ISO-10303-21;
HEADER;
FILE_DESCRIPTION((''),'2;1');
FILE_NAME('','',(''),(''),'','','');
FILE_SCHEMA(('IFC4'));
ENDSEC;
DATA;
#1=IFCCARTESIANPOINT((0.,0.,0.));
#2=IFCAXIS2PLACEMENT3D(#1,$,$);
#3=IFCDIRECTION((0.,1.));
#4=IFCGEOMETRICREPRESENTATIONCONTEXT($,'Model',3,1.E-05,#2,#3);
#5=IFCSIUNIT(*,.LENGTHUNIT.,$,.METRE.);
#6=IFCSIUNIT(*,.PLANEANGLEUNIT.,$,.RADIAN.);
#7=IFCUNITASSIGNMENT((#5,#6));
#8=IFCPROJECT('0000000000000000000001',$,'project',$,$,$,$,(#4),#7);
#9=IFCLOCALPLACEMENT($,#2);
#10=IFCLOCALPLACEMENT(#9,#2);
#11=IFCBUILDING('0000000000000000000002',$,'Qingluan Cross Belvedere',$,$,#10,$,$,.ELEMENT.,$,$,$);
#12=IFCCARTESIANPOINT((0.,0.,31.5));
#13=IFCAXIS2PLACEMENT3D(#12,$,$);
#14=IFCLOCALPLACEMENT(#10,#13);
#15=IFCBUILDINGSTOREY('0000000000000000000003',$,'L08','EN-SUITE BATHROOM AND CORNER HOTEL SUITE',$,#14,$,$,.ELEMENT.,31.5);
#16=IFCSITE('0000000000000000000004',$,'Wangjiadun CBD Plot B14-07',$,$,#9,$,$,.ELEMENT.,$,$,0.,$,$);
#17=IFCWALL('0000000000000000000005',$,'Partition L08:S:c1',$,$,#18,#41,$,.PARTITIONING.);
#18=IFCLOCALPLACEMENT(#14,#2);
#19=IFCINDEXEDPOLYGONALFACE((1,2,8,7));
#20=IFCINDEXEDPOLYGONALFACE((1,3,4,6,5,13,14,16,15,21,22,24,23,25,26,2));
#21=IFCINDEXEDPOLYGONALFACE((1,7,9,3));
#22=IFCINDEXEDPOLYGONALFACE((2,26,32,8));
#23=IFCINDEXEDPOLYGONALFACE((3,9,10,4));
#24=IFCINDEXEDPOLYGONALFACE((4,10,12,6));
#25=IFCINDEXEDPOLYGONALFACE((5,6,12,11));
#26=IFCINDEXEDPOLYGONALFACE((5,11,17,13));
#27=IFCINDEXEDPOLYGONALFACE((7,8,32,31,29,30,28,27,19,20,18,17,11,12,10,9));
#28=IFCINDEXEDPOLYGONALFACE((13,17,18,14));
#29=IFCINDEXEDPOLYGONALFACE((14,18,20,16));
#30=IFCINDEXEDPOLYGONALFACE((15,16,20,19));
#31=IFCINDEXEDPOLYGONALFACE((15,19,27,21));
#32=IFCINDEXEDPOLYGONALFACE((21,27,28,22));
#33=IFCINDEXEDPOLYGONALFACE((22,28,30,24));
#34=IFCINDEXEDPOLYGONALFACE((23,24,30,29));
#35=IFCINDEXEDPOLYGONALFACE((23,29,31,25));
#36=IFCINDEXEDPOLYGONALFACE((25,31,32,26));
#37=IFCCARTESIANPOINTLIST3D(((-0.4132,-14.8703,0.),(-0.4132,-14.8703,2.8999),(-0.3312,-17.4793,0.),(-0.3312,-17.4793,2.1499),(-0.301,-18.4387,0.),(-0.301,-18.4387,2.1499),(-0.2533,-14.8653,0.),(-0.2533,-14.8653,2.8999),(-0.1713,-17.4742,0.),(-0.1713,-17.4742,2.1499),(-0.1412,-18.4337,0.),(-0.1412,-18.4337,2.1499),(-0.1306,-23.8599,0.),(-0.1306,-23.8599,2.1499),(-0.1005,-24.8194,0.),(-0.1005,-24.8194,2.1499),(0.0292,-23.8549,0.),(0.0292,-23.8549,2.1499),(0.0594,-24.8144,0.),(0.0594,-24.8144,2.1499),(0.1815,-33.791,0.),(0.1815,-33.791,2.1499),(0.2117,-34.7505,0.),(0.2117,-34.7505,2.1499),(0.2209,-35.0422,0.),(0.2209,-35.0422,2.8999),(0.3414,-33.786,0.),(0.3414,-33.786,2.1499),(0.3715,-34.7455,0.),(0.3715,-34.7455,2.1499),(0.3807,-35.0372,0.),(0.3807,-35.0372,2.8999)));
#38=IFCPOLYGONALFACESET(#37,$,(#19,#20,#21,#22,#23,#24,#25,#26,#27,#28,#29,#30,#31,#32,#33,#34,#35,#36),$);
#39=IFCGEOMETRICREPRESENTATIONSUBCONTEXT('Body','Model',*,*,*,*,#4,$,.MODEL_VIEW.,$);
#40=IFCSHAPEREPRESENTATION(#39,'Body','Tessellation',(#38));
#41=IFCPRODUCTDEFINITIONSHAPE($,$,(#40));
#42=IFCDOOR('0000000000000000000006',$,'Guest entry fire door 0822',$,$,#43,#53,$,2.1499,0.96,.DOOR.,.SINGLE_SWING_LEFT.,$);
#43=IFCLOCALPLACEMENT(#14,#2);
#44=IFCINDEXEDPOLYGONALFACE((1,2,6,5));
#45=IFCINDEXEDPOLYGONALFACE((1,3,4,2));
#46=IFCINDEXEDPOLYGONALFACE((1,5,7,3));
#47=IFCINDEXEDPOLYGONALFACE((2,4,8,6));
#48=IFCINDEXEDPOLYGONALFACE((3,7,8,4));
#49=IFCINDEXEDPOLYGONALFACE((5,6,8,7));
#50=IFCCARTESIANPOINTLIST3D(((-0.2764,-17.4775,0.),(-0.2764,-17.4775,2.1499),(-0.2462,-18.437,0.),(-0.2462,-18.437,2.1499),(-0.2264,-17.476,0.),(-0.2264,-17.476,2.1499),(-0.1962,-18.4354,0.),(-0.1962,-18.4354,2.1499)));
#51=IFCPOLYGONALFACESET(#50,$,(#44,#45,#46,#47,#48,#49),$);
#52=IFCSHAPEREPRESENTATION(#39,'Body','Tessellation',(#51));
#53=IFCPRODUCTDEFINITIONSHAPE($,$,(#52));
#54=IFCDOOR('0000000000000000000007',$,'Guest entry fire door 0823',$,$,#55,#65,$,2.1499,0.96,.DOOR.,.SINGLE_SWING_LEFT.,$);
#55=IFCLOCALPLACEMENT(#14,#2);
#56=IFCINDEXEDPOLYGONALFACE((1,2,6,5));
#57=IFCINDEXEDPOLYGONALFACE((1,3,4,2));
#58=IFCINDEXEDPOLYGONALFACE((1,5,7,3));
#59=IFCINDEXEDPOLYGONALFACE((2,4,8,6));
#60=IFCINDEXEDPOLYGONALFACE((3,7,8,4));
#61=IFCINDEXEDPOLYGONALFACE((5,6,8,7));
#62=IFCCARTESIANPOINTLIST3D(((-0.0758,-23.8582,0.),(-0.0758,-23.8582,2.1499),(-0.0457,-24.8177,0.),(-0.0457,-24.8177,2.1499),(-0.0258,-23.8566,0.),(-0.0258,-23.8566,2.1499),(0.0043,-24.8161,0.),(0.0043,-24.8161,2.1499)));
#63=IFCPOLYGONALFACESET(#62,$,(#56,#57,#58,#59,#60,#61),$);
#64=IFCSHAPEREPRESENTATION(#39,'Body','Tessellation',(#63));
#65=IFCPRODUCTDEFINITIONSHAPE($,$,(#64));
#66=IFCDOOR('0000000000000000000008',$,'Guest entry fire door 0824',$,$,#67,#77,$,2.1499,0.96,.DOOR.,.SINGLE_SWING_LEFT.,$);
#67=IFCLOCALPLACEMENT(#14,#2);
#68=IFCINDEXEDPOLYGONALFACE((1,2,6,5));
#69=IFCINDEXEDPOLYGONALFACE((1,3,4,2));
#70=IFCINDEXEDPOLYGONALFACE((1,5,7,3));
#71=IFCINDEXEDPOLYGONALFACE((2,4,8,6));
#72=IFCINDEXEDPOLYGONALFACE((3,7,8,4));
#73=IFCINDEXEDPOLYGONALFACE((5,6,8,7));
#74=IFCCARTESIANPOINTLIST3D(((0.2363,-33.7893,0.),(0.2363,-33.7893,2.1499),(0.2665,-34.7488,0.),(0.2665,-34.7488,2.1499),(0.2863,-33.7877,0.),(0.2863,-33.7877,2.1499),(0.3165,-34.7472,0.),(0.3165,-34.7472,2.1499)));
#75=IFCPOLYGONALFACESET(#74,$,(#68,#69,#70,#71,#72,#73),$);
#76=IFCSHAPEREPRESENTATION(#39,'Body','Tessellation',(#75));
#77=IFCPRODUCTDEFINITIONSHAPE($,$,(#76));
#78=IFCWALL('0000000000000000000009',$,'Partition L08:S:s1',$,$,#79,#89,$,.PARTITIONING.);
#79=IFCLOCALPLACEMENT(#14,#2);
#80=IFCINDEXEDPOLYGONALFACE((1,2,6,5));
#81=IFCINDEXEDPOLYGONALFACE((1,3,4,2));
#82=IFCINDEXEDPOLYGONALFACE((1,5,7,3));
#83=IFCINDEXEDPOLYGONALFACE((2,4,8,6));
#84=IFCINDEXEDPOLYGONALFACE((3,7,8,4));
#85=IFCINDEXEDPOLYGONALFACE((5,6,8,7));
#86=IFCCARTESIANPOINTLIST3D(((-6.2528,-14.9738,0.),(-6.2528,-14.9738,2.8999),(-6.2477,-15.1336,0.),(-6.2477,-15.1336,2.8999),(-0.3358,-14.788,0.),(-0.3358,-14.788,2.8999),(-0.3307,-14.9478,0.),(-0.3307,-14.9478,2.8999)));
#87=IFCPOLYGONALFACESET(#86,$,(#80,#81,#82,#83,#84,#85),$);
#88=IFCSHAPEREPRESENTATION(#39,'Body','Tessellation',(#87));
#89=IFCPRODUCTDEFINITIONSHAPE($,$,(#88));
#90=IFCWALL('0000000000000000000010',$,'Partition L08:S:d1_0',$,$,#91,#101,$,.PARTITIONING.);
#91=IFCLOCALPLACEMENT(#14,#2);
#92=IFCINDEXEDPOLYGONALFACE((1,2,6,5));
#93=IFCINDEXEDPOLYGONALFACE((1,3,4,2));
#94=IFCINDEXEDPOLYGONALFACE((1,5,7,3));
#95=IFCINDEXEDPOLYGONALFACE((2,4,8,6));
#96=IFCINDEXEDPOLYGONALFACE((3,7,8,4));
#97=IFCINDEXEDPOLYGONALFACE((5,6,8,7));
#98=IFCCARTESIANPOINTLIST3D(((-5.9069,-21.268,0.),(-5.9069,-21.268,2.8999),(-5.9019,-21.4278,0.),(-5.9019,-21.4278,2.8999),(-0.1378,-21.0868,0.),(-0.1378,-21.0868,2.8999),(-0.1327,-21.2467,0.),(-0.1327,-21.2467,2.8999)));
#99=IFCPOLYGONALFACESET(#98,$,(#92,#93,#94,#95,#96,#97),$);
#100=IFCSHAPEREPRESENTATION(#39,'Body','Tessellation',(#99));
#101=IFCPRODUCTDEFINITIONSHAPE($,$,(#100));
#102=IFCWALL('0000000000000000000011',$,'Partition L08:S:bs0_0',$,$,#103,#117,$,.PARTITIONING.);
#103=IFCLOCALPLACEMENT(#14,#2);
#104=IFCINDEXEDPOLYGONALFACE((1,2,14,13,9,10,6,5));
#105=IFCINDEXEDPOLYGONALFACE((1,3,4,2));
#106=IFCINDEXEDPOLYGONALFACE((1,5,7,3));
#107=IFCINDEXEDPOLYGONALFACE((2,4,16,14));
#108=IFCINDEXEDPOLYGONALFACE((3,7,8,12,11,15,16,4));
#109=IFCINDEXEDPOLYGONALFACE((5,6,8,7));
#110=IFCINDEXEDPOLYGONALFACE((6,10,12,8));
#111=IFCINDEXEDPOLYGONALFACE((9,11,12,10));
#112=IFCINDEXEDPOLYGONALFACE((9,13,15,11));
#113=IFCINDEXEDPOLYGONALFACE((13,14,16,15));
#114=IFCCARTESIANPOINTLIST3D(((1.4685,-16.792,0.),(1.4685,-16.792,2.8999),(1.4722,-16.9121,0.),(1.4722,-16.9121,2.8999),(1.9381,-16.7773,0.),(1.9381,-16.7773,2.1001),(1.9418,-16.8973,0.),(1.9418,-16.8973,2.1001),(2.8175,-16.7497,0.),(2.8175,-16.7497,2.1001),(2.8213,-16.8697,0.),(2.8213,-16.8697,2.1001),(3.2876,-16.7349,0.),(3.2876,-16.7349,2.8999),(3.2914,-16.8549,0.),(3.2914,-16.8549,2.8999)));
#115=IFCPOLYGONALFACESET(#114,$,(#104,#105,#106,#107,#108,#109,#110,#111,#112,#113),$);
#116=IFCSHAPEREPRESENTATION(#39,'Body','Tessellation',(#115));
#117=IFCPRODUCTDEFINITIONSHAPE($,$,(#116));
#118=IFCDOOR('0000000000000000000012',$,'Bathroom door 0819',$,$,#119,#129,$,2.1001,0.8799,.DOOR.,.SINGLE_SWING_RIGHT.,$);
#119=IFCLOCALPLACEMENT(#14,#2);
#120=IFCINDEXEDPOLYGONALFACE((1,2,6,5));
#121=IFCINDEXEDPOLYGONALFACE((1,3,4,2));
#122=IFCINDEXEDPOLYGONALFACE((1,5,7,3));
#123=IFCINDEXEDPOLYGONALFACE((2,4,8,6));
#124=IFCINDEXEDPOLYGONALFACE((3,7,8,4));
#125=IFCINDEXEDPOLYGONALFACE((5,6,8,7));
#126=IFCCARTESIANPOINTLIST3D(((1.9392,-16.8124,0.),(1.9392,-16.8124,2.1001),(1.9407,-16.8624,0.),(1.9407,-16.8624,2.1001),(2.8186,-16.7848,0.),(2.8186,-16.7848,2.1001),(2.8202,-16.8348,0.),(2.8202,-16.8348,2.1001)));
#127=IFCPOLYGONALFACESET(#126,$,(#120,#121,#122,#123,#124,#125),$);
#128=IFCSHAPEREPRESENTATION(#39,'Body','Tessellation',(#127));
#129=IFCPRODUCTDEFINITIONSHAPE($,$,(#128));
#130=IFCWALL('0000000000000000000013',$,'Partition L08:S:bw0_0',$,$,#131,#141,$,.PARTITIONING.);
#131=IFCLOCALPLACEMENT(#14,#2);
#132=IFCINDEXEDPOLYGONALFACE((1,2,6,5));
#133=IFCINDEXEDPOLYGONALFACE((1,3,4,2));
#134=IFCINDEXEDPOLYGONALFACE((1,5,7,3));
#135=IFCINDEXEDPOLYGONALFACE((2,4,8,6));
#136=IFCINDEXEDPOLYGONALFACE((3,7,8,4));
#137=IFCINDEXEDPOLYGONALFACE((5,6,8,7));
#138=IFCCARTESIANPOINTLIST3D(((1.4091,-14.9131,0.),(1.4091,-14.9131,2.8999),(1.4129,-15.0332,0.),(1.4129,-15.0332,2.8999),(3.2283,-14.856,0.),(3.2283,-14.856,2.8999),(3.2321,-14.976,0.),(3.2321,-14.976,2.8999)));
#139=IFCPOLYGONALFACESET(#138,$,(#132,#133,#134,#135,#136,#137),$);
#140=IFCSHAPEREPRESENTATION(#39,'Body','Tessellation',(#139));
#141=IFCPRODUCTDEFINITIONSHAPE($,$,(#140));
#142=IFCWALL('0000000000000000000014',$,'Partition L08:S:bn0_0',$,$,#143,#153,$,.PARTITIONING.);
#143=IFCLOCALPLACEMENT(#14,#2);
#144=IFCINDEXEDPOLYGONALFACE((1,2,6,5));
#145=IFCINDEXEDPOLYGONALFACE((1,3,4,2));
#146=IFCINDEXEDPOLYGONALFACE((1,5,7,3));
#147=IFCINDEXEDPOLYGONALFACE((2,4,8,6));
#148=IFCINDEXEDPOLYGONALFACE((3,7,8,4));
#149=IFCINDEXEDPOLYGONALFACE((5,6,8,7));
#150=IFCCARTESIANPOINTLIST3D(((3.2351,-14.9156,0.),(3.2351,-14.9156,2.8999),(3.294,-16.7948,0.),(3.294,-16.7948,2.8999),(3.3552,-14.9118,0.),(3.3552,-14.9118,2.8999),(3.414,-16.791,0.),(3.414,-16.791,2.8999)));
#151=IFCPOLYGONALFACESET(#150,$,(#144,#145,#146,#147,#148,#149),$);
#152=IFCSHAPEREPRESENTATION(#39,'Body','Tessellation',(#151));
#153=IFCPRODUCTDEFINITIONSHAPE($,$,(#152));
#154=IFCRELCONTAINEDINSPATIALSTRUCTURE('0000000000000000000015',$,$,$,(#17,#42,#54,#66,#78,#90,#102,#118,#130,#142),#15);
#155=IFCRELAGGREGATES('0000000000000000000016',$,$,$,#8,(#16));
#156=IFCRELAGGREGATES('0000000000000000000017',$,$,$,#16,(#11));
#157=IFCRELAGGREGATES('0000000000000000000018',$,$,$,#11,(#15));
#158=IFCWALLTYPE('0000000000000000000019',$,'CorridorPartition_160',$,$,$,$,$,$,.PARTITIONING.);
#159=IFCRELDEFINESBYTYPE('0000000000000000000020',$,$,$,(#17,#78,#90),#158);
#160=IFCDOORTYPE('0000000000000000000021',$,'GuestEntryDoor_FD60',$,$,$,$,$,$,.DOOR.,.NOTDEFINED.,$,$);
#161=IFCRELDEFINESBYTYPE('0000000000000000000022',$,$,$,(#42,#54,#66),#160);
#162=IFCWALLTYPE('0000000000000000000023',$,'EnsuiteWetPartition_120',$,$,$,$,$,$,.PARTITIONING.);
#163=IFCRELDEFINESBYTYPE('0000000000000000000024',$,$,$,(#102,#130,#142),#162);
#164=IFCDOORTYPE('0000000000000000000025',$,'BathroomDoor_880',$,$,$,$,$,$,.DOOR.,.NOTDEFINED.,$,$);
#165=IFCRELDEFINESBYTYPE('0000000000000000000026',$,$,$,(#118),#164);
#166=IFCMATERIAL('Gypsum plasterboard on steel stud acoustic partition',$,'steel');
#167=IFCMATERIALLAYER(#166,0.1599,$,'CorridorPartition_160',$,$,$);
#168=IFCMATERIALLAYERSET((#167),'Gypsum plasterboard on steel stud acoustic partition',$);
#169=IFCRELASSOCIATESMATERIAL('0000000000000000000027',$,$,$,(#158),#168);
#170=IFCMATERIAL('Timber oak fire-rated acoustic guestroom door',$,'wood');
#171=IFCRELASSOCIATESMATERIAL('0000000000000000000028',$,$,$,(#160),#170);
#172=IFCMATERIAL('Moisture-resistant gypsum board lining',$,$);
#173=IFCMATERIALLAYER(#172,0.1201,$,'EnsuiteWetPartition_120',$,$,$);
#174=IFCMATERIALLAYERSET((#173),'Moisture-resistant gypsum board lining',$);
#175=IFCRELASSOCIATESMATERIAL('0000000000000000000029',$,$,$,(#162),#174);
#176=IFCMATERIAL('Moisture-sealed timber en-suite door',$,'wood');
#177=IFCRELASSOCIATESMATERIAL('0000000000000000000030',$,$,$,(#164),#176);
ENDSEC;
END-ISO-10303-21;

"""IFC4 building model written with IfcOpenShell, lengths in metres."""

from ifc_helpers import new_model, si_unit, direction, frame, frame_2d, origin, place, context, subcontext, project, spatial, rectangle, extrude, material, layer, layer_set, type_object, element, fill, save


model = new_model("IFC4")

# Units and contexts
model_context = context("Model", 3, precision=1e-05, world=origin(), true_north=direction((0.0, 1.0)))
body_context = subcontext(model_context, "Body", "Model", "MODEL_VIEW")
ifc_project = project(units=[si_unit("LENGTHUNIT", "METRE"), si_unit("PLANEANGLEUNIT", "RADIAN")], contexts=[model_context])

# Site, building, storey
site_placement = place(None, origin())
site = spatial("IfcSite", under=ifc_project, at=site_placement, Name="Wangjiadun CBD Plot B14-07", CompositionType="ELEMENT", RefElevation=0.0)
building_placement = place(site_placement, origin())
building = spatial("IfcBuilding", under=site, at=building_placement, Name="Qingluan Cross Belvedere", CompositionType="ELEMENT")
storey_placement = place(building_placement, frame((0.0, 0.0, 31.5)))
storey = spatial("IfcBuildingStorey", under=building, at=storey_placement, Name="L08", Description="EN-SUITE BATHROOM AND CORNER HOTEL SUITE", CompositionType="ELEMENT", Elevation=31.5)

# Shared definitions
ifc_material_1 = material(Name="Gypsum plasterboard on steel stud acoustic partition", Category="steel")
ifc_layer_1 = layer(ifc_material_1, 0.1599, Name="CorridorPartition_160")
ifc_layer_set_1 = layer_set([ifc_layer_1], Name="Gypsum plasterboard on steel stud acoustic partition")
wall_type_1 = type_object("IfcWallType", Name="CorridorPartition_160", PredefinedType="PARTITIONING", material=ifc_layer_set_1)
ifc_material_2 = material(Name="Timber oak fire-rated acoustic guestroom door", Category="wood")
door_type_1 = type_object("IfcDoorType", Name="GuestEntryDoor_FD60", OperationType="NOTDEFINED", PredefinedType="DOOR", material=ifc_material_2)

# Wall, openings, doors
wall_1_placement = place(storey_placement, frame((-0.3333, -14.8679, 0.0), z_axis=(0.0, 0.0, 1.0), x_axis=(0.031416, -0.999506, 0.0)))
wall_1 = element("IfcWall", 1, at=wall_1_placement, inside=storey, type_object=wall_type_1, Name="Partition L08:S:c1", PredefinedType="PARTITIONING", context=body_context, shape_type="SweptSolid", body=[
    extrude(rectangle(XDim=20.1819, YDim=0.1599, at=frame_2d((10.0908, 0.0))), origin(), (0.0, 0.0, 1.0), 2.8999),
])
opening_1_placement = place(wall_1_placement, frame((2.6101, 0.0, 0.0)))
opening_1 = element("IfcOpeningElement", 2, at=opening_1_placement, cuts=wall_1, PredefinedType="OPENING", context=body_context, shape_type="SweptSolid", body=[
    extrude(rectangle(XDim=0.96, YDim=2.1499, at=frame_2d((0.48, 1.075))), frame((0.0, 0.0898, 0.0), z_axis=(0.0, -1.0, 0.0), x_axis=(1.0, 0.0, 0.0)), (0.0, 0.0, 1.0), 0.1799),
])
opening_2_placement = place(wall_1_placement, frame((8.9939, 0.0, 0.0)))
opening_2 = element("IfcOpeningElement", 3, at=opening_2_placement, cuts=wall_1, PredefinedType="OPENING", context=body_context, shape_type="SweptSolid", body=[
    extrude(rectangle(XDim=0.96, YDim=2.1499, at=frame_2d((0.48, 1.075))), frame((0.0, 0.0898, 0.0), z_axis=(0.0, -1.0, 0.0), x_axis=(1.0, 0.0, 0.0)), (0.0, 0.0, 1.0), 0.1799),
])
opening_3_placement = place(wall_1_placement, frame((18.9299, 0.0, 0.0)))
opening_3 = element("IfcOpeningElement", 4, at=opening_3_placement, cuts=wall_1, PredefinedType="OPENING", context=body_context, shape_type="SweptSolid", body=[
    extrude(rectangle(XDim=0.96, YDim=2.1499, at=frame_2d((0.48, 1.075))), frame((0.0, 0.0898, 0.0), z_axis=(0.0, -1.0, 0.0), x_axis=(1.0, 0.0, 0.0)), (0.0, 0.0, 1.0), 0.1799),
])
door_1_placement = place(opening_1_placement, origin())
door_1 = element("IfcDoor", 5, at=door_1_placement, inside=storey, type_object=door_type_1, Name="Guest entry fire door 0822", OperationType="SINGLE_SWING_LEFT", OverallHeight=2.1499, OverallWidth=0.96, PredefinedType="DOOR", context=body_context, shape_type="SweptSolid", body=[
    extrude(rectangle(XDim=0.96, YDim=2.1499, at=frame_2d((0.48, 1.075))), frame((0.0, 0.0249, 0.0), z_axis=(0.0, -1.0, 0.0), x_axis=(1.0, 0.0, 0.0)), (0.0, 0.0, 1.0), 0.05),
])
fill(opening_1, door_1)
door_2_placement = place(opening_2_placement, origin())
door_2 = element("IfcDoor", 6, at=door_2_placement, inside=storey, type_object=door_type_1, Name="Guest entry fire door 0823", OperationType="SINGLE_SWING_LEFT", OverallHeight=2.1499, OverallWidth=0.96, PredefinedType="DOOR", context=body_context, shape_type="SweptSolid", body=[
    extrude(rectangle(XDim=0.96, YDim=2.1499, at=frame_2d((0.48, 1.075))), frame((0.0, 0.0249, 0.0), z_axis=(0.0, -1.0, 0.0), x_axis=(1.0, 0.0, 0.0)), (0.0, 0.0, 1.0), 0.05),
])
fill(opening_2, door_2)
door_3_placement = place(opening_3_placement, origin())
door_3 = element("IfcDoor", 7, at=door_3_placement, inside=storey, type_object=door_type_1, Name="Guest entry fire door 0824", OperationType="SINGLE_SWING_LEFT", OverallHeight=2.1499, OverallWidth=0.96, PredefinedType="DOOR", context=body_context, shape_type="SweptSolid", body=[
    extrude(rectangle(XDim=0.96, YDim=2.1499, at=frame_2d((0.48, 1.075))), frame((0.0, 0.0249, 0.0), z_axis=(0.0, -1.0, 0.0), x_axis=(1.0, 0.0, 0.0)), (0.0, 0.0, 1.0), 0.05),
])
fill(opening_3, door_3)

# Walls
wall_2_placement = place(storey_placement, frame((-0.3333, -14.8679, 0.0), z_axis=(0.0, 0.0, 1.0), x_axis=(-0.999507, -0.031384, 0.0)))
element("IfcWall", 8, at=wall_2_placement, inside=storey, type_object=wall_type_1, Name="Partition L08:S:s1", PredefinedType="PARTITIONING", context=body_context, shape_type="SweptSolid", body=[
    extrude(rectangle(XDim=5.9199, YDim=0.1599, at=frame_2d((2.96, 0.0))), origin(), (0.0, 0.0, 1.0), 2.8999),
])
wall_3_placement = place(storey_placement, frame((-0.1353, -21.1667, 0.0), z_axis=(0.0, 0.0, 1.0), x_axis=(-0.999507, -0.031385, 0.0)))
element("IfcWall", 9, at=wall_3_placement, inside=storey, type_object=wall_type_1, Name="Partition L08:S:d1_0", PredefinedType="PARTITIONING", context=body_context, shape_type="SweptSolid", body=[
    extrude(rectangle(XDim=5.772, YDim=0.1599, at=frame_2d((2.886, 0.0))), origin(), (0.0, 0.0, 1.0), 2.8999),
])

# Wall, opening, door
ifc_material_3 = material(Name="Moisture-resistant gypsum board lining")
ifc_layer_2 = layer(ifc_material_3, 0.1201, Name="EnsuiteWetPartition_120")
ifc_layer_set_2 = layer_set([ifc_layer_2], Name="Moisture-resistant gypsum board lining")
wall_type_2 = type_object("IfcWallType", Name="EnsuiteWetPartition_120", PredefinedType="PARTITIONING", material=ifc_layer_set_2)
wall_4_placement = place(storey_placement, frame((1.4702, -16.8521, 0.0), z_axis=(0.0, 0.0, 1.0), x_axis=(0.999507, 0.03139, 0.0)))
wall_4 = element("IfcWall", 10, at=wall_4_placement, inside=storey, type_object=wall_type_2, Name="Partition L08:S:bs0_0", PredefinedType="PARTITIONING", context=body_context, shape_type="SweptSolid", body=[
    extrude(rectangle(XDim=1.8201, YDim=0.1201, at=frame_2d((0.9102, 0.0))), origin(), (0.0, 0.0, 1.0), 2.8999),
])
opening_4_placement = place(wall_4_placement, frame((0.47, 0.0, 0.0)))
opening_4 = element("IfcOpeningElement", 11, at=opening_4_placement, cuts=wall_4, PredefinedType="OPENING", context=body_context, shape_type="SweptSolid", body=[
    extrude(rectangle(XDim=0.8799, YDim=2.1001, at=frame_2d((0.4399, 1.05))), frame((0.0, 0.0701, 0.0), z_axis=(0.0, -1.0, 0.0), x_axis=(1.0, 0.0, 0.0)), (0.0, 0.0, 1.0), 0.1401),
])
ifc_material_4 = material(Name="Moisture-sealed timber en-suite door", Category="wood")
door_type_2 = type_object("IfcDoorType", Name="BathroomDoor_880", OperationType="NOTDEFINED", PredefinedType="DOOR", material=ifc_material_4)
door_4_placement = place(opening_4_placement, origin())
door_4 = element("IfcDoor", 12, at=door_4_placement, inside=storey, type_object=door_type_2, Name="Bathroom door 0819", OperationType="SINGLE_SWING_RIGHT", OverallHeight=2.1001, OverallWidth=0.8799, PredefinedType="DOOR", context=body_context, shape_type="SweptSolid", body=[
    extrude(rectangle(XDim=0.8799, YDim=2.1001, at=frame_2d((0.4399, 1.05))), frame((0.0, 0.0249, 0.0), z_axis=(0.0, -1.0, 0.0), x_axis=(1.0, 0.0, 0.0)), (0.0, 0.0, 1.0), 0.05),
])
fill(opening_4, door_4)

# Walls
wall_5_placement = place(storey_placement, frame((1.4109, -14.9731, 0.0), z_axis=(0.0, 0.0, 1.0), x_axis=(0.999507, 0.03139, 0.0)))
element("IfcWall", 13, at=wall_5_placement, inside=storey, type_object=wall_type_2, Name="Partition L08:S:bw0_0", PredefinedType="PARTITIONING", context=body_context, shape_type="SweptSolid", body=[
    extrude(rectangle(XDim=1.8201, YDim=0.1201, at=frame_2d((0.9102, 0.0))), origin(), (0.0, 0.0, 1.0), 2.8999),
])
wall_6_placement = place(storey_placement, frame((3.2952, -14.9138, 0.0), z_axis=(0.0, 0.0, 1.0), x_axis=(0.031296, -0.99951, 0.0)))
element("IfcWall", 14, at=wall_6_placement, inside=storey, type_object=wall_type_2, Name="Partition L08:S:bn0_0", PredefinedType="PARTITIONING", context=body_context, shape_type="SweptSolid", body=[
    extrude(rectangle(XDim=1.8801, YDim=0.1201, at=frame_2d((0.9399, 0.0))), origin(), (0.0, 0.0, 1.0), 2.8999),
])

save(model, "model.ifc")
